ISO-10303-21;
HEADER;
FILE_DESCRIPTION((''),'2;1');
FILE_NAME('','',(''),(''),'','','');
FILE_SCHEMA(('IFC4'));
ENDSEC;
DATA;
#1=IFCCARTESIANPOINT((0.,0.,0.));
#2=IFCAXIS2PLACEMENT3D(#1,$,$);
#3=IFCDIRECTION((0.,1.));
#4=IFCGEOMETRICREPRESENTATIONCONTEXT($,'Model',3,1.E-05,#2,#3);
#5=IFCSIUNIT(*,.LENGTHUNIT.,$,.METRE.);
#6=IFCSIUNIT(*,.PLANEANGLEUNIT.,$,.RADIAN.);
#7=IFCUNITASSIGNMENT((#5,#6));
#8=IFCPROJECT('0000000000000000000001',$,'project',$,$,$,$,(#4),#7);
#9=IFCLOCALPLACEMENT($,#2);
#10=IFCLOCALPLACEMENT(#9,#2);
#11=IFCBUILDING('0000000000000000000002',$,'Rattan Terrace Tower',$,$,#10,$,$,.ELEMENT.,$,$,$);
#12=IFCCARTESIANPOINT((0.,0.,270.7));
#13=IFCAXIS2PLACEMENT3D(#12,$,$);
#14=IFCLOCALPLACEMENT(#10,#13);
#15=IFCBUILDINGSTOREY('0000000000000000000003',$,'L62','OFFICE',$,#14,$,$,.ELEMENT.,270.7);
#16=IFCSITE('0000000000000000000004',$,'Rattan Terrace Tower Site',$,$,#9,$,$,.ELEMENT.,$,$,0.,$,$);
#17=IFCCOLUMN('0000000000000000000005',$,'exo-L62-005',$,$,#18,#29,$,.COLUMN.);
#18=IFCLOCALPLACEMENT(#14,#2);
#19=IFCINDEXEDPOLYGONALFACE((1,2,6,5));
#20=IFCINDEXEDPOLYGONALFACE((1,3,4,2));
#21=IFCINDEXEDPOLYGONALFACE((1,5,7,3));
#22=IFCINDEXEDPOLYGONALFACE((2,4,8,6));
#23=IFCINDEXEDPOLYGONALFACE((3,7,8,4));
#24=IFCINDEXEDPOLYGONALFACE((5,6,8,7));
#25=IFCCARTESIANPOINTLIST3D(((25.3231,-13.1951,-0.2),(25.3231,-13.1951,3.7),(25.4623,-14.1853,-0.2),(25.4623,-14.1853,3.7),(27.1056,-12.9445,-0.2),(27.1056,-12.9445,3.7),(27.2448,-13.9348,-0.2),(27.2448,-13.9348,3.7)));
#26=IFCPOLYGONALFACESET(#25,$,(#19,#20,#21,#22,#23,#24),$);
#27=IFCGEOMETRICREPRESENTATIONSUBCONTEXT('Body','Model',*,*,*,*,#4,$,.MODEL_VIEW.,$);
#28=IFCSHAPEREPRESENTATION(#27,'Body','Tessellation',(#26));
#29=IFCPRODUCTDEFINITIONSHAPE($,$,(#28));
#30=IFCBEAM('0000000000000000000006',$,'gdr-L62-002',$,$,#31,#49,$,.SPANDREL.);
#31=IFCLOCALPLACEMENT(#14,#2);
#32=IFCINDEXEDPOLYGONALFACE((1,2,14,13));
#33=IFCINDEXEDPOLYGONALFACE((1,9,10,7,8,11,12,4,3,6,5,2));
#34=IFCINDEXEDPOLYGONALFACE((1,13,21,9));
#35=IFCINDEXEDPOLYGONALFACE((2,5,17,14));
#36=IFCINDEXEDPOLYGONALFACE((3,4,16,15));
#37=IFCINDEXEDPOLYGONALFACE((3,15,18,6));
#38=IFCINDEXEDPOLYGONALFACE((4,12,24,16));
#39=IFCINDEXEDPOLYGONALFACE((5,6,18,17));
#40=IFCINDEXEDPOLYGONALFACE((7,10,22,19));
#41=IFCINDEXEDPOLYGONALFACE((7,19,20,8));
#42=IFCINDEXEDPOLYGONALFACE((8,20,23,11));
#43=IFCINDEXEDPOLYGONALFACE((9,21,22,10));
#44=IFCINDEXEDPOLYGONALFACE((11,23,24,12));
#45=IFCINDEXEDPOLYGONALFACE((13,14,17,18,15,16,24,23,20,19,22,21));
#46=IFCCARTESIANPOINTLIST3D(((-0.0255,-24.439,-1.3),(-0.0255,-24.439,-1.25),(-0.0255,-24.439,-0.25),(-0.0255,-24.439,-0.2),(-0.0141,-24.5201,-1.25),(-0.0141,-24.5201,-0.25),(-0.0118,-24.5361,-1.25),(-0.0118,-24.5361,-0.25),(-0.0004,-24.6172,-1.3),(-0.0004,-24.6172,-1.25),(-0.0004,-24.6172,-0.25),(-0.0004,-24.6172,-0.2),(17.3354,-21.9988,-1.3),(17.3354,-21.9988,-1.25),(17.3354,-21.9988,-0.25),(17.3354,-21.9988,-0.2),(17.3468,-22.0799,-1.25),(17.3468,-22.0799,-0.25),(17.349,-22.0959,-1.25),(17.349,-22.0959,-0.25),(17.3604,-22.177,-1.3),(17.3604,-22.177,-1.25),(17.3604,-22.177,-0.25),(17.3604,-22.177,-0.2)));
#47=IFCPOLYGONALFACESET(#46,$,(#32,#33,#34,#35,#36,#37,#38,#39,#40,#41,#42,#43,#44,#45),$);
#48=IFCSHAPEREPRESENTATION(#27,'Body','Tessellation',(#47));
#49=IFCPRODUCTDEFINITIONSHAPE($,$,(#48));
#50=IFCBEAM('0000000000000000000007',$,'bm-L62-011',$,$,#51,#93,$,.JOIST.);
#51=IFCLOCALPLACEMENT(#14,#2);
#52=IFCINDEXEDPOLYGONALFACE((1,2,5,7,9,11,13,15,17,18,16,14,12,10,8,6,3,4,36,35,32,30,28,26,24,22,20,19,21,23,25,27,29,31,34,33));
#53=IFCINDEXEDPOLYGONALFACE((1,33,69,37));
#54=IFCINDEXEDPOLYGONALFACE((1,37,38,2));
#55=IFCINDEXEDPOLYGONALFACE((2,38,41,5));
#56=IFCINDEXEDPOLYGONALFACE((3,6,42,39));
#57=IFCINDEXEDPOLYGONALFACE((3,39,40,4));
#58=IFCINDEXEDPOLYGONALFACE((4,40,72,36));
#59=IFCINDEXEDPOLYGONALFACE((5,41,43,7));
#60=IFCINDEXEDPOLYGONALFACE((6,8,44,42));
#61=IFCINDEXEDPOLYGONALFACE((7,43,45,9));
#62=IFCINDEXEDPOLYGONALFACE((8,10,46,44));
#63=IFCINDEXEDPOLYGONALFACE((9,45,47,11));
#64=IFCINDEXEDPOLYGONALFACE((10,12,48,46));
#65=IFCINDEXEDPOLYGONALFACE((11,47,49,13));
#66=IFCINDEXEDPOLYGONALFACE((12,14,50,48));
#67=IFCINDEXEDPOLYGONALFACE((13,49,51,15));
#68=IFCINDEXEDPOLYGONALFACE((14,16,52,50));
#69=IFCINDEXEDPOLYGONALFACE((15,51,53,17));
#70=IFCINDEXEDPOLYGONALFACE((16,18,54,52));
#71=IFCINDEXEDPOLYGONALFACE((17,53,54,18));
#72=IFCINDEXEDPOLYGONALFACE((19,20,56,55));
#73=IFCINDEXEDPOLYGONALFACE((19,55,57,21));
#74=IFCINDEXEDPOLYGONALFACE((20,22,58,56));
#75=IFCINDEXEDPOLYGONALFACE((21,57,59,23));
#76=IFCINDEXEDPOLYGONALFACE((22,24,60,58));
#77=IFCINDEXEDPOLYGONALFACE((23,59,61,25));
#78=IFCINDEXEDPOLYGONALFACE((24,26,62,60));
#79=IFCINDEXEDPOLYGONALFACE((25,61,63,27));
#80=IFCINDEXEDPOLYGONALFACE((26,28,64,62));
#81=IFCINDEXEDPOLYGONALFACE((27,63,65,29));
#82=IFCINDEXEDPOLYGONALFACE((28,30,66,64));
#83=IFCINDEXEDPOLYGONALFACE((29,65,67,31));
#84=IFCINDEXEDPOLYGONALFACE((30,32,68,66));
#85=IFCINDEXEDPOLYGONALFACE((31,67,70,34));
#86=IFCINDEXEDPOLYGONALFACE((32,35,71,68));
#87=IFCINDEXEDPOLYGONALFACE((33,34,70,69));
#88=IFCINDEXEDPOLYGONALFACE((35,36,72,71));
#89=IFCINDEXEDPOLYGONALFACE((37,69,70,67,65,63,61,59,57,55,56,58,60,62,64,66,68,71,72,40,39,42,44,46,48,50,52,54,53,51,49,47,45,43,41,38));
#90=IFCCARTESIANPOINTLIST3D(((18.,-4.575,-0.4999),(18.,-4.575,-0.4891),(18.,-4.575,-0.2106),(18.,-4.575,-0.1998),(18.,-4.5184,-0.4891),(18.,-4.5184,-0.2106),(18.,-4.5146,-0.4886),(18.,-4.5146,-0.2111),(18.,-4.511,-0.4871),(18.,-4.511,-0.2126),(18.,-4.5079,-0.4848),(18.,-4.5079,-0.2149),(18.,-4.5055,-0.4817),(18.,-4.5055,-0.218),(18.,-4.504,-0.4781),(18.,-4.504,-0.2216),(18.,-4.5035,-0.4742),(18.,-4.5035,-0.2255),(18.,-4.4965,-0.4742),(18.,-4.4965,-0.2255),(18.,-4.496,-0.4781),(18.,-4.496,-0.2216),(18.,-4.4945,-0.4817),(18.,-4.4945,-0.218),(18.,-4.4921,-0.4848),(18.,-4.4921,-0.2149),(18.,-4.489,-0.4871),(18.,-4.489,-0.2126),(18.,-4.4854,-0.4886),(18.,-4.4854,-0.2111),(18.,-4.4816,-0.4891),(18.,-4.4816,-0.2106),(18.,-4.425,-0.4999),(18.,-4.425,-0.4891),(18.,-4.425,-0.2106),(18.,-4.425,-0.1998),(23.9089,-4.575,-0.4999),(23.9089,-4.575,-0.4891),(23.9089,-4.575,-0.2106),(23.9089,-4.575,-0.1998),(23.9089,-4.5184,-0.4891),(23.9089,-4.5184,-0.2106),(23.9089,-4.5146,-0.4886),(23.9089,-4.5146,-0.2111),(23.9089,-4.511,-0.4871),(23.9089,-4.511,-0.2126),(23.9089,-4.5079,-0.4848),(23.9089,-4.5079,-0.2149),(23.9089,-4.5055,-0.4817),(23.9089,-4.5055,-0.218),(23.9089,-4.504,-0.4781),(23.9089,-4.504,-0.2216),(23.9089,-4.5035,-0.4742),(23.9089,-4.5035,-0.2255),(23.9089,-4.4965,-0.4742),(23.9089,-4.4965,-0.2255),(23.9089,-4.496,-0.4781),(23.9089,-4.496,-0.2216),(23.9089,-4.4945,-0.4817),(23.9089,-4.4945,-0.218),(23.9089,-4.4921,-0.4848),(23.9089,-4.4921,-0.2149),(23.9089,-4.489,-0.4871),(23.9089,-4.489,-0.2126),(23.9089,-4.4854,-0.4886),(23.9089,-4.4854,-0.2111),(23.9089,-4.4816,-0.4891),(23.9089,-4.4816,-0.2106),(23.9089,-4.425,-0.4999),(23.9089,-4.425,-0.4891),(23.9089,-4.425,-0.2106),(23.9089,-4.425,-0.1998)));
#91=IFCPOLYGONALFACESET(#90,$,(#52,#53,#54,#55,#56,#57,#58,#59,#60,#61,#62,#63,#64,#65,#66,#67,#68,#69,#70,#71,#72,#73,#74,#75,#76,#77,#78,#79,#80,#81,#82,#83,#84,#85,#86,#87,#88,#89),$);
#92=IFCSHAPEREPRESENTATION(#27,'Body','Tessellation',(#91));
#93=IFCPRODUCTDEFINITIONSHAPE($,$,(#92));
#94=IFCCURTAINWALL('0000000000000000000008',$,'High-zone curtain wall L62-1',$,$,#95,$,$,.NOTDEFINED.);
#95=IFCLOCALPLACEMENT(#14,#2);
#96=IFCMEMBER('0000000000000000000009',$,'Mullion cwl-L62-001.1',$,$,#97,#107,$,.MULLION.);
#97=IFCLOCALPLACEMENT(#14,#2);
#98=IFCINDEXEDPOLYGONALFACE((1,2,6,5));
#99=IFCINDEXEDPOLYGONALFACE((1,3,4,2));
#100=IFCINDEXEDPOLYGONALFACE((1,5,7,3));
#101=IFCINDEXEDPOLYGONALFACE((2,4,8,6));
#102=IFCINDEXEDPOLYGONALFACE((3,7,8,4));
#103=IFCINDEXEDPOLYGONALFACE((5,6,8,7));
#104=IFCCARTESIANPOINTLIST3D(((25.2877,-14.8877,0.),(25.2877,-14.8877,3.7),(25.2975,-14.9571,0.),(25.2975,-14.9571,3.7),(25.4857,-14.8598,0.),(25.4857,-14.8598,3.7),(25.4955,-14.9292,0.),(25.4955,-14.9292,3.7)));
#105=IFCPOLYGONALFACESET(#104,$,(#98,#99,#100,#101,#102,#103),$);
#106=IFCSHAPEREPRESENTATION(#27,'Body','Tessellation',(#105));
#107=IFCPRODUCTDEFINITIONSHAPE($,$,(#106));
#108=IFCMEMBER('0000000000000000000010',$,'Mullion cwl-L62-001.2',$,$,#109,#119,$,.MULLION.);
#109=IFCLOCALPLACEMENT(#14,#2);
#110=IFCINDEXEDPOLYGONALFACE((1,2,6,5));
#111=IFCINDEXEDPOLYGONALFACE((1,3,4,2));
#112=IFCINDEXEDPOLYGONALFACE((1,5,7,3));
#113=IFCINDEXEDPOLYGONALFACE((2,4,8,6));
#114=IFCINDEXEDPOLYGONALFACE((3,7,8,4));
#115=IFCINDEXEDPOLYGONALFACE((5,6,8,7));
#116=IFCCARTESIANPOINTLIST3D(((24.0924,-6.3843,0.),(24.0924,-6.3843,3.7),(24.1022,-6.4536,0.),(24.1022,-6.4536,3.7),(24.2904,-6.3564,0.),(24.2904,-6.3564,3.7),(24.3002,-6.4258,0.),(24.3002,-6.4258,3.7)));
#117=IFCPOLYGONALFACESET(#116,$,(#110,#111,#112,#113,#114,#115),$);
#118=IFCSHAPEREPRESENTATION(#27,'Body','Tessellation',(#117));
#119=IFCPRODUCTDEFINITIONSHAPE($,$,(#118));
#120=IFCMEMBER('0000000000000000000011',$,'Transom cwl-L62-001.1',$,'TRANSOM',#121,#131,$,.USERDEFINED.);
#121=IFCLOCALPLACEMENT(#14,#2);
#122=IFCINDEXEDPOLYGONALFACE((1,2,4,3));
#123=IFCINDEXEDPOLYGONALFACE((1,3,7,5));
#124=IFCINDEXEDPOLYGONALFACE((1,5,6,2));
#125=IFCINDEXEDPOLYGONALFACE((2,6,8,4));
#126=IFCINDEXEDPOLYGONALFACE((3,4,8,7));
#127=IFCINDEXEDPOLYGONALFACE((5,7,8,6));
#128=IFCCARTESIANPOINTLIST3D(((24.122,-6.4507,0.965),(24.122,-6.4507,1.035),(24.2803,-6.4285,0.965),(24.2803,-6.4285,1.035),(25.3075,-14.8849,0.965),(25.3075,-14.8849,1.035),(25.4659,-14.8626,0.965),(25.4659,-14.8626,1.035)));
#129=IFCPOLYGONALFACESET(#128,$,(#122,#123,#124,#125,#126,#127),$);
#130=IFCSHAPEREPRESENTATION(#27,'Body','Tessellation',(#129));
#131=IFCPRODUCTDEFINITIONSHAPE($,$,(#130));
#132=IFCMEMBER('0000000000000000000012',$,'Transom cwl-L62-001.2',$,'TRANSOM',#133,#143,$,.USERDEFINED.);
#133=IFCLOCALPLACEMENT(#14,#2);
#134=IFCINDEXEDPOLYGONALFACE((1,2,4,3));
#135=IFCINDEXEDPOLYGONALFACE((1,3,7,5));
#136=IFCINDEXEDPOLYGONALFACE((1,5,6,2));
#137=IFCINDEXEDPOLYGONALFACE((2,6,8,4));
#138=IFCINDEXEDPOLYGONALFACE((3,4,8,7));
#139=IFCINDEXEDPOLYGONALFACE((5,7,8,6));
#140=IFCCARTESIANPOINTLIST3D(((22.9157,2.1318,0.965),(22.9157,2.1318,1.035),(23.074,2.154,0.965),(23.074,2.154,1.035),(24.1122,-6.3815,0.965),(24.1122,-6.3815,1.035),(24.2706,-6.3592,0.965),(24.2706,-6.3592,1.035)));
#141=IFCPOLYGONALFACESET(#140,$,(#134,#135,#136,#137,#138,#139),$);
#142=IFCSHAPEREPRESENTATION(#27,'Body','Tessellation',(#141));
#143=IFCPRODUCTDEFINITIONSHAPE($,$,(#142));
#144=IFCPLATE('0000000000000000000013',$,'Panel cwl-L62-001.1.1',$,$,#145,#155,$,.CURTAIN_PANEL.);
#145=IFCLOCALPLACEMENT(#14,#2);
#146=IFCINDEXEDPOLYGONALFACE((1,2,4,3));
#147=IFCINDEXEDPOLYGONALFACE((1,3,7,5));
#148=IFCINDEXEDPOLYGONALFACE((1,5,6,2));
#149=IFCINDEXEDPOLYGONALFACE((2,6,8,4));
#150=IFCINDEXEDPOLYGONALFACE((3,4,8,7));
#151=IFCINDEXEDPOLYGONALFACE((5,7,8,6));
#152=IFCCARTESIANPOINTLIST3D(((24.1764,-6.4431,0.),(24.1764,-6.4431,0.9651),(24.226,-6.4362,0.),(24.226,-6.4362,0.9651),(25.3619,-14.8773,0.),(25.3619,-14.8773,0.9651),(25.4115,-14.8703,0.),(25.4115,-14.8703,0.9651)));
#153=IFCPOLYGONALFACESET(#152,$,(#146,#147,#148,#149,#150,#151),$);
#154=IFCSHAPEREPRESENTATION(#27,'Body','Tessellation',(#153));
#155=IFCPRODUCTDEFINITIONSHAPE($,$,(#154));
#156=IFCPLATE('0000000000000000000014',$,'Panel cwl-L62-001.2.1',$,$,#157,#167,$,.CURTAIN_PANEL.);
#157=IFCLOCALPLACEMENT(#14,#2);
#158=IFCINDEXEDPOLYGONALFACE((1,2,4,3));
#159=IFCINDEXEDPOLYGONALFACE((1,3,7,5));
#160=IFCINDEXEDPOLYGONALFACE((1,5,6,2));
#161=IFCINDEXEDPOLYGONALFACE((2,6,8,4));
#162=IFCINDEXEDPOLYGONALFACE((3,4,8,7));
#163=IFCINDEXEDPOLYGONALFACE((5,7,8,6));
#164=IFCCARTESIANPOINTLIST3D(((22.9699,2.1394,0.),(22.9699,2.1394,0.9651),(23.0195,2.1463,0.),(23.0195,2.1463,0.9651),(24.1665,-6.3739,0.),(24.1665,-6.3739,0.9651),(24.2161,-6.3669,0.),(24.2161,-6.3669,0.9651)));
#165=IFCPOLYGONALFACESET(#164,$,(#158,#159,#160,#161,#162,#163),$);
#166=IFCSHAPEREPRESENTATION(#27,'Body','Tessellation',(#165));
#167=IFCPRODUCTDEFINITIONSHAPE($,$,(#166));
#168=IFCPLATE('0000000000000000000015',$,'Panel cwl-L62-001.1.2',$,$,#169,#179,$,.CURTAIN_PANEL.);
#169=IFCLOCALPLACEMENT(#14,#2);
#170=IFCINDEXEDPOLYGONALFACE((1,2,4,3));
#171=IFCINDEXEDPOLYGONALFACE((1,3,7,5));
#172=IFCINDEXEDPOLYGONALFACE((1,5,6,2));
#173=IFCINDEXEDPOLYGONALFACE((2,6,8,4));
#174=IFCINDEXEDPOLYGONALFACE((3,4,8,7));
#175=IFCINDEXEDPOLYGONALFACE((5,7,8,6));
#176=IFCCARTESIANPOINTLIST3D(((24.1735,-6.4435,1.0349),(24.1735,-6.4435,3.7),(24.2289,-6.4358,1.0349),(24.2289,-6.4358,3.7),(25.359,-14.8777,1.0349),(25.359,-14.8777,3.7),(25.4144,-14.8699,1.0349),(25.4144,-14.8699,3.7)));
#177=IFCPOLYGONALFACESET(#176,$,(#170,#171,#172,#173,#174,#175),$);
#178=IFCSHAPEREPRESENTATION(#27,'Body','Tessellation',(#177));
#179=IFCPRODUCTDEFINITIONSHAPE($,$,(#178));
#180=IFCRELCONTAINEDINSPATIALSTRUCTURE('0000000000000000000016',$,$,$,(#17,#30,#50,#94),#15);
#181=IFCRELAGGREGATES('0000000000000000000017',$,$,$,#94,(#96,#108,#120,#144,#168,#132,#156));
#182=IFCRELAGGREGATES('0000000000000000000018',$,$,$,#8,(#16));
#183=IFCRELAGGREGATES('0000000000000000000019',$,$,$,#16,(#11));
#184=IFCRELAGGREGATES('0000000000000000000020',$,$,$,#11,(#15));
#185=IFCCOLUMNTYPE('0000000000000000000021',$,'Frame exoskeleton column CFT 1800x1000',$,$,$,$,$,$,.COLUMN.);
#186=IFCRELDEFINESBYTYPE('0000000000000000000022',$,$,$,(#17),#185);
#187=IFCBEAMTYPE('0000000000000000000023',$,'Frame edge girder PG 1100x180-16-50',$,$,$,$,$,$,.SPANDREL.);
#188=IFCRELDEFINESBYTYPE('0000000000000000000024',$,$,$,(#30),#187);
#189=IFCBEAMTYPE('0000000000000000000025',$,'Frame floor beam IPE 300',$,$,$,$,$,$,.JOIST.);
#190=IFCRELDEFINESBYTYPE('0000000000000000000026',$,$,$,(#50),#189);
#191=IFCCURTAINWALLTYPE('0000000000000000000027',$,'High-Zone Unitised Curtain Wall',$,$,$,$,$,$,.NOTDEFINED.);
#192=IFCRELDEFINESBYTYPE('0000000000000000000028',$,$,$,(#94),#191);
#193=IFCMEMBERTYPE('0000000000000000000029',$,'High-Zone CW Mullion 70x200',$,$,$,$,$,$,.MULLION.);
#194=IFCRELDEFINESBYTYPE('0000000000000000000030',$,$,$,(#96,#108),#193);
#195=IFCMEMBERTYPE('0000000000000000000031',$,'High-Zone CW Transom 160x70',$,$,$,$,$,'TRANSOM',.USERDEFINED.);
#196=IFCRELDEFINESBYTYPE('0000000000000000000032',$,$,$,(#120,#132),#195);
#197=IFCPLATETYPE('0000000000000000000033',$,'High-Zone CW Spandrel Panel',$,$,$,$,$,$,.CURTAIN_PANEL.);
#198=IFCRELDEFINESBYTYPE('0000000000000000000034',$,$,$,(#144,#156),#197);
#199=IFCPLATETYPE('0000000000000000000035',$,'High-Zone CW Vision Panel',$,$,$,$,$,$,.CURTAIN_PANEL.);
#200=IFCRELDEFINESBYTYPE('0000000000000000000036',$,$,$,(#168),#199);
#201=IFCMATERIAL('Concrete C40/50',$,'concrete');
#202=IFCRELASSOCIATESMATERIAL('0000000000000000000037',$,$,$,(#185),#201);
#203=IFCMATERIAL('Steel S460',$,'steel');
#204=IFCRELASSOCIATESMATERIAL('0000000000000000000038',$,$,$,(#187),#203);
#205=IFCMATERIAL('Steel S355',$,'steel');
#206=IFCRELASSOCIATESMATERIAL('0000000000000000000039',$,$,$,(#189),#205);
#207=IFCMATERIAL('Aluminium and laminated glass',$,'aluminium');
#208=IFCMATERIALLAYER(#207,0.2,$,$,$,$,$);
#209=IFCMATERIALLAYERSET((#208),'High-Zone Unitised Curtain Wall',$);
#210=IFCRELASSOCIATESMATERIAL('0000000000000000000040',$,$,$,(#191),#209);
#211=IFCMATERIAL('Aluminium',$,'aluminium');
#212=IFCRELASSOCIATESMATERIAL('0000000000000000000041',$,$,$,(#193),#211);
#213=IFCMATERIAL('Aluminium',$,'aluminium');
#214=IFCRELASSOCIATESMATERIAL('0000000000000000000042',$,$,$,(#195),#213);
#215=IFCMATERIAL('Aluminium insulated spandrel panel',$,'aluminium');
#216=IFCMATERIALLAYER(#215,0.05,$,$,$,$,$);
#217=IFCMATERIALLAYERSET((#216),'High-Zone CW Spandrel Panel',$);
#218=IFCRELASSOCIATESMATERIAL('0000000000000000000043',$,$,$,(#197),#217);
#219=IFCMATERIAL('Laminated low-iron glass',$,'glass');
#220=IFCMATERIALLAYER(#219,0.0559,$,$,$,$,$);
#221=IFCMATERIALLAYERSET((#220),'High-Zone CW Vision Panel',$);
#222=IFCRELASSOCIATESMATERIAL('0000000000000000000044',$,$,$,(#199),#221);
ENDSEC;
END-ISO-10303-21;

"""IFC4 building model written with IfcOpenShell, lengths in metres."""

from ifc_helpers import new_model, si_unit, direction, frame, origin, origin_2d, place, context, subcontext, project, spatial, rectangle, i_section, extrude, material, layer, layer_set, material_profile, profile_set, type_object, element, aggregate, save


model = new_model("IFC4")

# Units and contexts
model_context = context("Model", 3, precision=1e-05, world=origin(), true_north=direction((0.0, 1.0)))
body_context = subcontext(model_context, "Body", "Model", "MODEL_VIEW")
ifc_project = project(units=[si_unit("LENGTHUNIT", "METRE"), si_unit("PLANEANGLEUNIT", "RADIAN")], contexts=[model_context])

# Site, building, storey
site_placement = place(None, origin())
site = spatial("IfcSite", under=ifc_project, at=site_placement, Name="Rattan Terrace Tower Site", CompositionType="ELEMENT", RefElevation=0.0)
building_placement = place(site_placement, origin())
building = spatial("IfcBuilding", under=site, at=building_placement, Name="Rattan Terrace Tower", CompositionType="ELEMENT")
storey_placement = place(building_placement, frame((0.0, 0.0, 270.7)))
storey = spatial("IfcBuildingStorey", under=building, at=storey_placement, Name="L62", Description="OFFICE", CompositionType="ELEMENT", Elevation=270.7)

# Column
ifc_material_1 = material(Name="Concrete C40/50", Category="concrete")
ifc_material_profile_1 = material_profile(ifc_material_1, rectangle(XDim=1.0, YDim=1.8, at=origin_2d()), Name="CFT 1800x1000")
ifc_profile_set_1 = profile_set([ifc_material_profile_1], Name="Concrete C40/50")
column_type = type_object("IfcColumnType", Name="Frame exoskeleton column CFT 1800x1000", PredefinedType="COLUMN", material=ifc_profile_set_1)
column_placement = place(storey_placement, frame((26.2839, -13.5649, -0.2), z_axis=(0.0, 0.0, 1.0), x_axis=(-0.13919, 0.990266, 0.0)))
element("IfcColumn", 1, at=column_placement, inside=storey, type_object=column_type, Name="exo-L62-005", PredefinedType="COLUMN", context=body_context, shape_type="SweptSolid", body=[
    extrude(rectangle(XDim=1.0, YDim=1.8, at=origin_2d()), origin(), (0.0, 0.0, 1.0), 3.8999),
])

# Beams
ifc_material_2 = material(Name="Steel S460", Category="steel")
ifc_material_profile_2 = material_profile(ifc_material_2, i_section(OverallWidth=0.1799, OverallDepth=1.1001, WebThickness=0.0161, FlangeThickness=0.05, at=origin_2d()), Name="PG 1100x180-16-50")
ifc_profile_set_2 = profile_set([ifc_material_profile_2], Name="Steel S460")
beam_type_1 = type_object("IfcBeamType", Name="Frame edge girder PG 1100x180-16-50", PredefinedType="SPANDREL", material=ifc_profile_set_2)
beam_1_placement = place(storey_placement, frame((17.3479, -22.0879, -0.75), z_axis=(-0.990266, -0.139189, 0.0), x_axis=(0.139189, -0.990266, 0.0)))
element("IfcBeam", 2, at=beam_1_placement, inside=storey, type_object=beam_type_1, Name="gdr-L62-002", PredefinedType="SPANDREL", context=body_context, shape_type="SweptSolid", body=[
    extrude(i_section(OverallWidth=0.1799, OverallDepth=1.1001, WebThickness=0.0161, FlangeThickness=0.05, at=origin_2d()), origin(), (0.0, 0.0, 1.0), 17.5315),
])
ifc_material_3 = material(Name="Steel S355", Category="steel")
ifc_material_profile_3 = material_profile(ifc_material_3, i_section(OverallWidth=0.1499, OverallDepth=0.3, WebThickness=0.0071, FlangeThickness=0.0107, FilletRadius=0.0149, at=origin_2d()), Name="IPE 300")
ifc_profile_set_3 = profile_set([ifc_material_profile_3], Name="Steel S355")
beam_type_2 = type_object("IfcBeamType", Name="Frame floor beam IPE 300", PredefinedType="JOIST", material=ifc_profile_set_3)
beam_2_placement = place(storey_placement, frame((18.0, -4.5, -0.3499), z_axis=(1.0, 0.0, 0.0), x_axis=(0.0, 1.0, 0.0)))
element("IfcBeam", 3, at=beam_2_placement, inside=storey, type_object=beam_type_2, Name="bm-L62-011", PredefinedType="JOIST", context=body_context, shape_type="SweptSolid", body=[
    extrude(i_section(OverallWidth=0.1499, OverallDepth=0.3, WebThickness=0.0071, FlangeThickness=0.0107, FilletRadius=0.0149, at=origin_2d()), origin(), (0.0, 0.0, 1.0), 5.9089),
])

# Curtain wall, members, plates
ifc_material_4 = material(Name="Aluminium and laminated glass", Category="aluminium")
ifc_layer_1 = layer(ifc_material_4, 0.2)
ifc_layer_set_1 = layer_set([ifc_layer_1], Name="High-Zone Unitised Curtain Wall")
curtain_wall_type = type_object("IfcCurtainWallType", Name="High-Zone Unitised Curtain Wall", PredefinedType="NOTDEFINED", material=ifc_layer_set_1)
curtain_wall_1_placement = place(storey_placement, origin())
curtain_wall_1 = element("IfcCurtainWall", 4, at=curtain_wall_1_placement, inside=storey, type_object=curtain_wall_type, Name="High-zone curtain wall L62-1", PredefinedType="NOTDEFINED")
ifc_material_5 = material(Name="Aluminium", Category="aluminium")
ifc_material_profile_4 = material_profile(ifc_material_5, rectangle(XDim=0.0701, YDim=0.2, at=origin_2d()), Name="Aluminium 70x200")
ifc_profile_set_4 = profile_set([ifc_material_profile_4], Name="Aluminium")
member_type_1 = type_object("IfcMemberType", Name="High-Zone CW Mullion 70x200", PredefinedType="MULLION", material=ifc_profile_set_4)
member_1_placement = place(storey_placement, frame((25.3916, -14.9084, 0.0), z_axis=(0.0, 0.0, 1.0), x_axis=(-0.139192, 0.990265, 0.0)))
member_1 = element("IfcMember", 5, at=member_1_placement, type_object=member_type_1, Name="Mullion cwl-L62-001.1", PredefinedType="MULLION", context=body_context, shape_type="SweptSolid", body=[
    extrude(rectangle(XDim=0.0701, YDim=0.2, at=origin_2d()), origin(), (0.0, 0.0, 1.0), 3.7),
])
member_2_placement = place(storey_placement, frame((24.1963, -6.405, 0.0), z_axis=(0.0, 0.0, 1.0), x_axis=(-0.139192, 0.990265, 0.0)))
member_2 = element("IfcMember", 6, at=member_2_placement, type_object=member_type_1, Name="Mullion cwl-L62-001.2", PredefinedType="MULLION", context=body_context, shape_type="SweptSolid", body=[
    extrude(rectangle(XDim=0.0701, YDim=0.2, at=origin_2d()), origin(), (0.0, 0.0, 1.0), 3.7),
])
ifc_material_6 = material(Name="Aluminium", Category="aluminium")
ifc_material_profile_5 = material_profile(ifc_material_6, rectangle(XDim=0.1599, YDim=0.0701, at=origin_2d()), Name="Aluminium 160x70")
ifc_profile_set_5 = profile_set([ifc_material_profile_5], Name="Aluminium")
member_type_2 = type_object("IfcMemberType", Name="High-Zone CW Transom 160x70", ElementType="TRANSOM", PredefinedType="USERDEFINED", material=ifc_profile_set_5)
member_3_placement = place(storey_placement, frame((25.3867, -14.8738, 1.0), z_axis=(-0.139198, 0.990265, 0.0), x_axis=(-0.990265, -0.139198, 0.0)))
member_3 = element("IfcMember", 7, at=member_3_placement, type_object=member_type_2, Name="Transom cwl-L62-001.1", ObjectType="TRANSOM", PredefinedType="USERDEFINED", context=body_context, shape_type="SweptSolid", body=[
    extrude(rectangle(XDim=0.1599, YDim=0.0701, at=origin_2d()), origin(), (0.0, 0.0, 1.0), 8.5171),
])
member_4_placement = place(storey_placement, frame((24.1914, -6.3704, 1.0), z_axis=(-0.139183, 0.990267, 0.0), x_axis=(-0.990267, -0.139183, 0.0)))
member_4 = element("IfcMember", 8, at=member_4_placement, type_object=member_type_2, Name="Transom cwl-L62-001.2", ObjectType="TRANSOM", PredefinedType="USERDEFINED", context=body_context, shape_type="SweptSolid", body=[
    extrude(rectangle(XDim=0.1599, YDim=0.0701, at=origin_2d()), origin(), (0.0, 0.0, 1.0), 8.5969),
])
ifc_material_7 = material(Name="Aluminium insulated spandrel panel", Category="aluminium")
ifc_layer_2 = layer(ifc_material_7, 0.05)
ifc_layer_set_2 = layer_set([ifc_layer_2], Name="High-Zone CW Spandrel Panel")
plate_type_1 = type_object("IfcPlateType", Name="High-Zone CW Spandrel Panel", PredefinedType="CURTAIN_PANEL", material=ifc_layer_set_2)
plate_1_placement = place(storey_placement, frame((24.7939, -10.6567, 0.0), z_axis=(0.0, 0.0, 1.0), x_axis=(-0.139192, 0.990265, 0.0)))
plate_1 = element("IfcPlate", 9, at=plate_1_placement, type_object=plate_type_1, Name="Panel cwl-L62-001.1.1", PredefinedType="CURTAIN_PANEL", context=body_context, shape_type="SweptSolid", body=[
    extrude(rectangle(XDim=8.5171, YDim=0.05, at=origin_2d()), origin(), (0.0, 0.0, 1.0), 0.9651),
])
plate_2_placement = place(storey_placement, frame((23.593, -2.1138, 0.0), z_axis=(0.0, 0.0, 1.0), x_axis=(-0.139192, 0.990265, 0.0)))
plate_2 = element("IfcPlate", 10, at=plate_2_placement, type_object=plate_type_1, Name="Panel cwl-L62-001.2.1", PredefinedType="CURTAIN_PANEL", context=body_context, shape_type="SweptSolid", body=[
    extrude(rectangle(XDim=8.5969, YDim=0.05, at=origin_2d()), origin(), (0.0, 0.0, 1.0), 0.9651),
])
ifc_material_8 = material(Name="Laminated low-iron glass", Category="glass")
ifc_layer_3 = layer(ifc_material_8, 0.0559)
ifc_layer_set_3 = layer_set([ifc_layer_3], Name="High-Zone CW Vision Panel")
plate_type_2 = type_object("IfcPlateType", Name="High-Zone CW Vision Panel", PredefinedType="CURTAIN_PANEL", material=ifc_layer_set_3)
plate_3_placement = place(storey_placement, frame((24.7939, -10.6567, 1.0349), z_axis=(0.0, 0.0, 1.0), x_axis=(-0.139192, 0.990265, 0.0)))
plate_3 = element("IfcPlate", 11, at=plate_3_placement, type_object=plate_type_2, Name="Panel cwl-L62-001.1.2", PredefinedType="CURTAIN_PANEL", context=body_context, shape_type="SweptSolid", body=[
    extrude(rectangle(XDim=8.5171, YDim=0.0559, at=origin_2d()), origin(), (0.0, 0.0, 1.0), 2.665),
])
aggregate(curtain_wall_1, [member_1, member_2, member_3, plate_1, plate_3, member_4, plate_2])

save(model, "model.ifc")
